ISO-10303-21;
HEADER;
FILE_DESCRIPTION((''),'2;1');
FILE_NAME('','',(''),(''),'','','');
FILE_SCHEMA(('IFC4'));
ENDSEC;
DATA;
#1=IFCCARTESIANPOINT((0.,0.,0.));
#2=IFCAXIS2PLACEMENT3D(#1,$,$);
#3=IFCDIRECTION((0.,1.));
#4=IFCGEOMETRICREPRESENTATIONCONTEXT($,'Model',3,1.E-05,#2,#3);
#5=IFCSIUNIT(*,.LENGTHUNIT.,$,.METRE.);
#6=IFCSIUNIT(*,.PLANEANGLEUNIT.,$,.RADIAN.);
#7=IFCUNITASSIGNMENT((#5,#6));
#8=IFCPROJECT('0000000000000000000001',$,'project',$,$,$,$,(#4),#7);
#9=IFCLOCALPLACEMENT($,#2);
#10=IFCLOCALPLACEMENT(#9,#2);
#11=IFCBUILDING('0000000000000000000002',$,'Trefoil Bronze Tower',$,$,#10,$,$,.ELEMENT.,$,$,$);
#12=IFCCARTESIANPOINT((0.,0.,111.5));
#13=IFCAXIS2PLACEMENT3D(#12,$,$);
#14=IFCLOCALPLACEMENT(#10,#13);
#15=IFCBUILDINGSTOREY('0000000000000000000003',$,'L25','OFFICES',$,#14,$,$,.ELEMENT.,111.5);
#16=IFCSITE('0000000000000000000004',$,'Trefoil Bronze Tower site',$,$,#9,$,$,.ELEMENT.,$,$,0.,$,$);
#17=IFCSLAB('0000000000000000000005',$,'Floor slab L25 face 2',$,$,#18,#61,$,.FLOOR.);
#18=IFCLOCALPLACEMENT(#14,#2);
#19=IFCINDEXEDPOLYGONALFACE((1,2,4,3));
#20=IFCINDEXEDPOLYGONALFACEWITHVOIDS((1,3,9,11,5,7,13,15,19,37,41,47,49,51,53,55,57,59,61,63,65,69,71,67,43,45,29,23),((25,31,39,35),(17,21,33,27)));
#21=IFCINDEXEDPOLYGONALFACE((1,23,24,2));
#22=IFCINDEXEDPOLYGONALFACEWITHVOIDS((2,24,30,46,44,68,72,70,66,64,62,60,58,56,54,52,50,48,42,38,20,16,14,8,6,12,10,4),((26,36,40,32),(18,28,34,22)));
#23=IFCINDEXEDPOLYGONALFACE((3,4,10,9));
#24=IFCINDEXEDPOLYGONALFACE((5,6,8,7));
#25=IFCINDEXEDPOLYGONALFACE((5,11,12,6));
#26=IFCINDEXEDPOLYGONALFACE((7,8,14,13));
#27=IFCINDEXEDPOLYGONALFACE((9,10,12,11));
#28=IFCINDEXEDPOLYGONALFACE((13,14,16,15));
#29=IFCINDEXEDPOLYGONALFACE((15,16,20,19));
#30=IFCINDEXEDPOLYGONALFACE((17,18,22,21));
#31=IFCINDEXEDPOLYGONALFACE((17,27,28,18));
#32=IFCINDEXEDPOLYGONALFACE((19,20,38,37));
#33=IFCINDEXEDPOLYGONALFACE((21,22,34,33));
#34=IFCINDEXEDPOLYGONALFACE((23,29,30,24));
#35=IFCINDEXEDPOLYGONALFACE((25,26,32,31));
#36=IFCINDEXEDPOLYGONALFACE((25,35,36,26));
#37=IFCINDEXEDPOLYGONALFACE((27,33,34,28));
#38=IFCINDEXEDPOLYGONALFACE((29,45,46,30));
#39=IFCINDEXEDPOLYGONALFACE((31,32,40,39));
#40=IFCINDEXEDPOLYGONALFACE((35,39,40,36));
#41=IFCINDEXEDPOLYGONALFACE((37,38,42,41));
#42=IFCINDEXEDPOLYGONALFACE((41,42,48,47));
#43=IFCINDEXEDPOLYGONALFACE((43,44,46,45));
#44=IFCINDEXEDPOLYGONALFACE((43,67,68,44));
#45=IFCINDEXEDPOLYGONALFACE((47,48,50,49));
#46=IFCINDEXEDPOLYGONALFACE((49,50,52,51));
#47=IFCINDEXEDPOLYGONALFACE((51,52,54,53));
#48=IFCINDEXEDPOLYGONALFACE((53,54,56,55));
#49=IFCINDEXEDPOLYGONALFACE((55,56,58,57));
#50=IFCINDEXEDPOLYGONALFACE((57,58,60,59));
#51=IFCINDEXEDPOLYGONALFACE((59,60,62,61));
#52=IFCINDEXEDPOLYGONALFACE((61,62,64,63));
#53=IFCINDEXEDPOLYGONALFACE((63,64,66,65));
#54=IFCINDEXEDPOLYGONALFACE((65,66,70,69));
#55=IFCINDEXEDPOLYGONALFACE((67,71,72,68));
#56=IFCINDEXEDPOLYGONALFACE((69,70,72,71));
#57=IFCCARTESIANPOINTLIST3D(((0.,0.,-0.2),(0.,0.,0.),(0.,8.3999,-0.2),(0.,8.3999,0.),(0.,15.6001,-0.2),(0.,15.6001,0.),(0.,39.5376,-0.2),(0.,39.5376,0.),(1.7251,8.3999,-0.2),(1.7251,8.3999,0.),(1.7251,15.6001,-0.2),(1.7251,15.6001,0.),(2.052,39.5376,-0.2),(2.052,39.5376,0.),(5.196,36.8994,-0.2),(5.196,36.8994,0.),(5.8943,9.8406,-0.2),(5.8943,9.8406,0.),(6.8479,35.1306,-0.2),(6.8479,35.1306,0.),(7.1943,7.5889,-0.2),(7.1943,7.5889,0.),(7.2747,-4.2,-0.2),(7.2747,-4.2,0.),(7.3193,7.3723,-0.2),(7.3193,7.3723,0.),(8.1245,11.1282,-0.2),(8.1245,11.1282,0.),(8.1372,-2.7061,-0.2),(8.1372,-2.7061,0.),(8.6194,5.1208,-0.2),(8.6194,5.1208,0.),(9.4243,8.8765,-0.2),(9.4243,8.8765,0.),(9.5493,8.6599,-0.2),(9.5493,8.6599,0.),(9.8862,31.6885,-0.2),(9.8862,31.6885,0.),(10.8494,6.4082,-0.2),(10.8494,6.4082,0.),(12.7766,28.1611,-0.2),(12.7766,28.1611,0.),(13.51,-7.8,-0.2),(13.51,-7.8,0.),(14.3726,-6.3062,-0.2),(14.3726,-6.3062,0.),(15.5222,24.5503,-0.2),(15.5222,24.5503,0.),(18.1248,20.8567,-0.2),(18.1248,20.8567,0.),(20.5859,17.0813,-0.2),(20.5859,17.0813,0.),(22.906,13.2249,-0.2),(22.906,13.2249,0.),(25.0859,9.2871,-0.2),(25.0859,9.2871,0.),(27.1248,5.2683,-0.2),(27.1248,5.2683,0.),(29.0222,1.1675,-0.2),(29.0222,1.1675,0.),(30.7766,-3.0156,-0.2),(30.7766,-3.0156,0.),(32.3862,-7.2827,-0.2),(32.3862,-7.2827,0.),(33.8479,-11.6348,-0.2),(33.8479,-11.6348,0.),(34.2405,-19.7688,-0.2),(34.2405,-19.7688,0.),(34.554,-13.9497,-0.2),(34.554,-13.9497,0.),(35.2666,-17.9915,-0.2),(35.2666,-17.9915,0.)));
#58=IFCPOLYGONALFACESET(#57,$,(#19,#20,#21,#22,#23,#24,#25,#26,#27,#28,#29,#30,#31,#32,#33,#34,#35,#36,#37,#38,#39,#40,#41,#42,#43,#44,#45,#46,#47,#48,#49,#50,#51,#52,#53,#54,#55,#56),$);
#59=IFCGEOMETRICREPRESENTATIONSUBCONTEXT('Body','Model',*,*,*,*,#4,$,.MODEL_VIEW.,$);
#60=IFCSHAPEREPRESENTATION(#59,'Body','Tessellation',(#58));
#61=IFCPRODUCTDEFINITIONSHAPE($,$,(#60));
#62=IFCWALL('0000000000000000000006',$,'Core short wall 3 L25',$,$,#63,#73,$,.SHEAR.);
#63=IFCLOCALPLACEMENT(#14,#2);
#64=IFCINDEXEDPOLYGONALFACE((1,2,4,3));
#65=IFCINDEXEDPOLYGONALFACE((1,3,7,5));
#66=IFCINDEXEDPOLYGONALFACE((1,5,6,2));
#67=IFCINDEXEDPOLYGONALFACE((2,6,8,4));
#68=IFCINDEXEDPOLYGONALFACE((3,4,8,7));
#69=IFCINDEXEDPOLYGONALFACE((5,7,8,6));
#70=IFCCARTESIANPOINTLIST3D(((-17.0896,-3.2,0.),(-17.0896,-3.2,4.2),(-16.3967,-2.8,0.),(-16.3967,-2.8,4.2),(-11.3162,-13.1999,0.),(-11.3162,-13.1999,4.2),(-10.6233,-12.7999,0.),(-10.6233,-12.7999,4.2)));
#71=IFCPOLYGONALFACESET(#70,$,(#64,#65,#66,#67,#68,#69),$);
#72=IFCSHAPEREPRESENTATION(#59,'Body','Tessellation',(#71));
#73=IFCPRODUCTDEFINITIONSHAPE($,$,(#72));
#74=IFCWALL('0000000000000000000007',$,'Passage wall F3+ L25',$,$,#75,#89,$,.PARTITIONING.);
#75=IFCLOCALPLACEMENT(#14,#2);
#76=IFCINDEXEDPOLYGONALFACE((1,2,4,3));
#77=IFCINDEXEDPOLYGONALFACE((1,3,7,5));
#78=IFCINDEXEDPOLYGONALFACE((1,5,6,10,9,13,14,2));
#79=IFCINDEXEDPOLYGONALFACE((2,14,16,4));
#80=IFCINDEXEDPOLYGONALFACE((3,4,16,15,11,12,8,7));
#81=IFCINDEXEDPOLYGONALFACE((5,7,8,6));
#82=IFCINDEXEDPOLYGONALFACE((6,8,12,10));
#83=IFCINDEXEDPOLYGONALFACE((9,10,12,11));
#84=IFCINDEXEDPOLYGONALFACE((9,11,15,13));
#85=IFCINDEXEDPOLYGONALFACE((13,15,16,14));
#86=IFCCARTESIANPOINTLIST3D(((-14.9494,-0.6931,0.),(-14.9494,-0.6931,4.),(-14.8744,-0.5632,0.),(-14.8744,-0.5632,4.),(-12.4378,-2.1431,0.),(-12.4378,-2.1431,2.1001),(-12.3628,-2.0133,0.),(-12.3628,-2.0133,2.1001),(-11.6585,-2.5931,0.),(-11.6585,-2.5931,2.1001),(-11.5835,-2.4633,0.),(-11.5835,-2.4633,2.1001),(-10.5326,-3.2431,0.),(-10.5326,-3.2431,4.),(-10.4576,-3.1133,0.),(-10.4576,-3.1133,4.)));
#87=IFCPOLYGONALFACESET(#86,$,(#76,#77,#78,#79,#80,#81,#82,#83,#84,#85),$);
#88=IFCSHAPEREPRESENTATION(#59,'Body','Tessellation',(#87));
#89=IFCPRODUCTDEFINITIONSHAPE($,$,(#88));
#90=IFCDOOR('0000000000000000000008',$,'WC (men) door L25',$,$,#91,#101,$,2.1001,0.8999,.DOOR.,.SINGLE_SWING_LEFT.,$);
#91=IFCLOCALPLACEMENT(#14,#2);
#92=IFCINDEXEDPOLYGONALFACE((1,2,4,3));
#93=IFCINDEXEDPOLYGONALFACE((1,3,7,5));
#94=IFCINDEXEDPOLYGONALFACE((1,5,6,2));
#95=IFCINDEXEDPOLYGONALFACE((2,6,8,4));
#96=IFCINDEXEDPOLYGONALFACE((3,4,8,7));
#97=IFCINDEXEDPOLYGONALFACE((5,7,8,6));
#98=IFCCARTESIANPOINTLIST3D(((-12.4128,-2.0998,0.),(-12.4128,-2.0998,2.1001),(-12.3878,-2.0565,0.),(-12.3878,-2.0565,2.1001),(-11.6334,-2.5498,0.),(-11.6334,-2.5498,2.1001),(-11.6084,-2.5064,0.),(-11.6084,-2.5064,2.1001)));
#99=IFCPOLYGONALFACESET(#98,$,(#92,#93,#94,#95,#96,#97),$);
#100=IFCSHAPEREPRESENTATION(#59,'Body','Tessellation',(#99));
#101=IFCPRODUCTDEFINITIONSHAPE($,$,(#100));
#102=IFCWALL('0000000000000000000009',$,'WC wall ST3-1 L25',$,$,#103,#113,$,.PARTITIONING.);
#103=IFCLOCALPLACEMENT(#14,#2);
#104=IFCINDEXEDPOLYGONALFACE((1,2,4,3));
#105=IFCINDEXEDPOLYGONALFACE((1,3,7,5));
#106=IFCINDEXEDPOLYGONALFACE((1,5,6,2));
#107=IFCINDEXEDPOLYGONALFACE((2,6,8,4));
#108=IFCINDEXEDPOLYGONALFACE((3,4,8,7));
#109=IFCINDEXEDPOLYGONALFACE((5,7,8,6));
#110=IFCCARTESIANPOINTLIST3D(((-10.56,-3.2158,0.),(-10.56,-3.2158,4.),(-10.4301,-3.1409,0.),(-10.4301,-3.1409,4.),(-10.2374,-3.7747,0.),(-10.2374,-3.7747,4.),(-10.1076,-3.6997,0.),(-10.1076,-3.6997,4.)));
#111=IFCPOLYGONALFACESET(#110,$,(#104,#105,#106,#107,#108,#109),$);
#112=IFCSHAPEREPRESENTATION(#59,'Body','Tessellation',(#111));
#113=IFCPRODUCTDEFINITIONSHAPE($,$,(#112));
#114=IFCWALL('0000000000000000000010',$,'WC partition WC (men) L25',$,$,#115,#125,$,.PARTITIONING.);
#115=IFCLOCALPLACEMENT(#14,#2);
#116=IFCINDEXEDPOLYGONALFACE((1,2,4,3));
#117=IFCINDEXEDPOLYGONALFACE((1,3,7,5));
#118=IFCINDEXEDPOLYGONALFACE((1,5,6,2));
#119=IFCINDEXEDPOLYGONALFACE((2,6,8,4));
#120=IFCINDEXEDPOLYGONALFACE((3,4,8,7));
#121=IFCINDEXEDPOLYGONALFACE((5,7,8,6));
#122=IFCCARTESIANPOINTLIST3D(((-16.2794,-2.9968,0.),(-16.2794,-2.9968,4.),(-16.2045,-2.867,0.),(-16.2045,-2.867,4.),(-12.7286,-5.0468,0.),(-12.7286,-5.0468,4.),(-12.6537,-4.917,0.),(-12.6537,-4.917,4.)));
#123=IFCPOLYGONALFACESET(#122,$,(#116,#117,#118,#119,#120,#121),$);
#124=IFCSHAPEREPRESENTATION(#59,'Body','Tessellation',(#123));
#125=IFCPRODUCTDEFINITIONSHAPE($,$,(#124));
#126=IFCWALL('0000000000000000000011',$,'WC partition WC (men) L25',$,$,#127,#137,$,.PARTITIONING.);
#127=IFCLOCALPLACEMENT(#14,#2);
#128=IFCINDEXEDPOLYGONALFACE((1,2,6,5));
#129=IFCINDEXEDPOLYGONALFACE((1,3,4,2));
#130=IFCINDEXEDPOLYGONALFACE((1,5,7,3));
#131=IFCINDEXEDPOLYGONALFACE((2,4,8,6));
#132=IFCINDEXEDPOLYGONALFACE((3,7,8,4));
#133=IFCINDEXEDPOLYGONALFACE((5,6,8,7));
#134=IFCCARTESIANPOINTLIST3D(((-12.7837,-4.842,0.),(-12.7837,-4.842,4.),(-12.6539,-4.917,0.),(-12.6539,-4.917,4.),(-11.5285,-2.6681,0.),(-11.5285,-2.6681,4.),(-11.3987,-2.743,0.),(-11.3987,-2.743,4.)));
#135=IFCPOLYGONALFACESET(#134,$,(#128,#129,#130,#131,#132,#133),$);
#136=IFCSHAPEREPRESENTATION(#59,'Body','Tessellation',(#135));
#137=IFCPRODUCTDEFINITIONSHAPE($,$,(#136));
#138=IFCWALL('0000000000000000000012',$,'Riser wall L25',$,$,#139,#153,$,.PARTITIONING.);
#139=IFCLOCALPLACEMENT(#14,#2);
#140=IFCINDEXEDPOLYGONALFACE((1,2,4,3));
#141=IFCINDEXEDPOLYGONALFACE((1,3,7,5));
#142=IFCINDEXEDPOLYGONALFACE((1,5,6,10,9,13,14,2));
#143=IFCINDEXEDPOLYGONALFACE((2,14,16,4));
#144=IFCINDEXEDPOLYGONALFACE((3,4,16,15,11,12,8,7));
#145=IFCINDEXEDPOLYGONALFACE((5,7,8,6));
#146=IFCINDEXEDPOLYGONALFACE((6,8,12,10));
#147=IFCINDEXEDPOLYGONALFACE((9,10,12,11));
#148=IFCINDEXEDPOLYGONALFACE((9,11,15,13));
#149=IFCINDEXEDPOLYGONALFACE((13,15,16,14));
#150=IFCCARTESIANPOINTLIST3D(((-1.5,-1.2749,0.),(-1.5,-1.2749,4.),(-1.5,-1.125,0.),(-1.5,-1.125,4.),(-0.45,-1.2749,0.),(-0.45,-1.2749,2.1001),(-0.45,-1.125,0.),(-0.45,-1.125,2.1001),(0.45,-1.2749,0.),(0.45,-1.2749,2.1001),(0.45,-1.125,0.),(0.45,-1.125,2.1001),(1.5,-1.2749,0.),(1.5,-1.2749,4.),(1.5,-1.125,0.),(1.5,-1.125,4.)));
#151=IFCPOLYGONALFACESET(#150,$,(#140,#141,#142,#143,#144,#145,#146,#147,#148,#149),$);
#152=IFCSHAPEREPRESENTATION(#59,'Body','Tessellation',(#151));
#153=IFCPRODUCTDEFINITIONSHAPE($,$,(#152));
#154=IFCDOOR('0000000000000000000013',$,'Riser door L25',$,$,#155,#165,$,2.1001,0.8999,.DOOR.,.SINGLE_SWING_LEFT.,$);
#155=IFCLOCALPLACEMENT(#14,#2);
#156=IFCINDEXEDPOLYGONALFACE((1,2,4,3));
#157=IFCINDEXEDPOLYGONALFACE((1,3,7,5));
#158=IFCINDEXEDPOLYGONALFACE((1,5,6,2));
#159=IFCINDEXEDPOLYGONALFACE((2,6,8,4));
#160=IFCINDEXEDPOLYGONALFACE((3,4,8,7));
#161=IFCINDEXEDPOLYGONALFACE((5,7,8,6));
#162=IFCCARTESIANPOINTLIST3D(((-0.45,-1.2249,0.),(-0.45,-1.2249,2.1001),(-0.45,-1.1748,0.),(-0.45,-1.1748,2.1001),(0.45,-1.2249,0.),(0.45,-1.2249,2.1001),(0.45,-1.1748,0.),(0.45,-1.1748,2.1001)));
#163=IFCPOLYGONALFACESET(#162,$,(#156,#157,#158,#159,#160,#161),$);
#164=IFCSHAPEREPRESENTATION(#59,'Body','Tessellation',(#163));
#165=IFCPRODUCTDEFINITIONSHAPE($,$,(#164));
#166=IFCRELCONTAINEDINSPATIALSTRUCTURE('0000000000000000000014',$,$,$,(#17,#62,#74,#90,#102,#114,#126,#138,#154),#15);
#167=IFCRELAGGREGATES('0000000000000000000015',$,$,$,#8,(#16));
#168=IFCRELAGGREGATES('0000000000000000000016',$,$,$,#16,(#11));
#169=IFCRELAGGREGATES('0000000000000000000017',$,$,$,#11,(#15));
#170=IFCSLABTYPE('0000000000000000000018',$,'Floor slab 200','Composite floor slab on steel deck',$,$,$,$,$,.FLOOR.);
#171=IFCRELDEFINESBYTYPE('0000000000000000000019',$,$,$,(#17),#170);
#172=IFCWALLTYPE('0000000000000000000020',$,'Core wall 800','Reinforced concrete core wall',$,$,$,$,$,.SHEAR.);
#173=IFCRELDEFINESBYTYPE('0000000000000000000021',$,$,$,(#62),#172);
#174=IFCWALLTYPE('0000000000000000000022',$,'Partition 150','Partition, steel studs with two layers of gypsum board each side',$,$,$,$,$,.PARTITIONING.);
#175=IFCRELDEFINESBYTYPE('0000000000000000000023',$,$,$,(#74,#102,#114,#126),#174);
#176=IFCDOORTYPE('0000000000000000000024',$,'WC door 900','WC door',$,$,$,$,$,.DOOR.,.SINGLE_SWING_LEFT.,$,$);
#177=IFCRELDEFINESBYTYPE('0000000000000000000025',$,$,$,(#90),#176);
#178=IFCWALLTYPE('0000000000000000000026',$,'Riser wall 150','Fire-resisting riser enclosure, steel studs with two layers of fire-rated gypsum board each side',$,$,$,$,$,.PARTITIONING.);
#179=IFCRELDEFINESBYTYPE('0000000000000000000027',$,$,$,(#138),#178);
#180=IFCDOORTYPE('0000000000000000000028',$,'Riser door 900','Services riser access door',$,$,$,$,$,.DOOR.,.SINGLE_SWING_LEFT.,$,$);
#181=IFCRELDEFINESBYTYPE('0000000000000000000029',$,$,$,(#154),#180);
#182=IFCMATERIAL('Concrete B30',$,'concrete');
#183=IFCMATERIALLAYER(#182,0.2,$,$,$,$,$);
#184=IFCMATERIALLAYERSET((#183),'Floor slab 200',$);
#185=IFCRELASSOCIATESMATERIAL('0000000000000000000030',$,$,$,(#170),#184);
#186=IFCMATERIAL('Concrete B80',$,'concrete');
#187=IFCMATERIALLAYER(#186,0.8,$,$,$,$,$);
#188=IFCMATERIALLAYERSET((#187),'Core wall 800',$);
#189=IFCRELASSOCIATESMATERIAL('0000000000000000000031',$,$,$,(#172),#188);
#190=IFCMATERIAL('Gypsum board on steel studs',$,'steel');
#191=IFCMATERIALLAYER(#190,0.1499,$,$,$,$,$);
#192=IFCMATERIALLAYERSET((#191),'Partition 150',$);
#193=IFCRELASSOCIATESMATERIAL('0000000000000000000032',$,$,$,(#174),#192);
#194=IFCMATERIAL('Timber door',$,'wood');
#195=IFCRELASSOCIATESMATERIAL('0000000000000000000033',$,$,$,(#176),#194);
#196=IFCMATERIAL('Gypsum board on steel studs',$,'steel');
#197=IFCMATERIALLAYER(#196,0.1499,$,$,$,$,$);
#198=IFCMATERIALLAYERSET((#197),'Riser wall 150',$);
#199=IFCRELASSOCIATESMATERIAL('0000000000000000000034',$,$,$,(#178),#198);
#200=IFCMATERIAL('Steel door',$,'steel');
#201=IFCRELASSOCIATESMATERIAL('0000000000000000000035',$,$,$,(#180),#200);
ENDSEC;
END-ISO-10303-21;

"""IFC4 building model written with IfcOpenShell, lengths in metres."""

from ifc_helpers import new_model, si_unit, direction, frame, frame_2d, origin, place, context, subcontext, project, spatial, polyline, rectangle, outline, extrude, material, layer, layer_set, type_object, element, fill, save


model = new_model("IFC4")

# Units and contexts
model_context = context("Model", 3, precision=1e-05, world=origin(), true_north=direction((0.0, 1.0)))
body_context = subcontext(model_context, "Body", "Model", "MODEL_VIEW")
ifc_project = project(units=[si_unit("LENGTHUNIT", "METRE"), si_unit("PLANEANGLEUNIT", "RADIAN")], contexts=[model_context])

# Site, building, storey
site_placement = place(None, origin())
site = spatial("IfcSite", under=ifc_project, at=site_placement, Name="Trefoil Bronze Tower site", CompositionType="ELEMENT", RefElevation=0.0)
building_placement = place(site_placement, origin())
building = spatial("IfcBuilding", under=site, at=building_placement, Name="Trefoil Bronze Tower", CompositionType="ELEMENT")
storey_placement = place(building_placement, frame((0.0, 0.0, 111.5)))
storey = spatial("IfcBuildingStorey", under=building, at=storey_placement, Name="L25", Description="OFFICES", CompositionType="ELEMENT", Elevation=111.5)

# Slab
ifc_material_1 = material(Name="Concrete B30", Category="concrete")
ifc_layer_1 = layer(ifc_material_1, 0.2)
ifc_layer_set_1 = layer_set([ifc_layer_1], Name="Floor slab 200")
slab_type = type_object("IfcSlabType", Name="Floor slab 200", Description="Composite floor slab on steel deck", PredefinedType="FLOOR", material=ifc_layer_set_1)
slab_1_placement = place(storey_placement, frame((0.0, 0.0, -0.2)))
element("IfcSlab", 1, at=slab_1_placement, inside=storey, type_object=slab_type, Name="Floor slab L25 face 2", PredefinedType="FLOOR", context=body_context, shape_type="SweptSolid", body=[
    extrude(outline(polyline([(9.8862, 31.6885), (12.7766, 28.1611), (15.5222, 24.5503), (18.1248, 20.8567), (20.5859, 17.0813), (22.906, 13.2249), (25.0859, 9.2871), (27.1248, 5.2683), (29.0222, 1.1675), (30.7766, -3.0156), (32.3862, -7.2827), (33.8479, -11.6348), (34.554, -13.9497), (35.2666, -17.9915), (34.2405, -19.7688), (13.51, -7.8), (14.3726, -6.3062), (8.1372, -2.7061), (7.2747, -4.2), (0.0, 0.0), (0.0, 8.3999), (1.7251, 8.3999), (1.7251, 15.6001), (0.0, 15.6001), (0.0, 39.5376), (2.052, 39.5376), (5.196, 36.8994), (6.8479, 35.1306), (9.8862, 31.6885)]), holes=[polyline([(8.6194, 5.1208), (7.3193, 7.3723), (9.5493, 8.6599), (10.8494, 6.4082), (8.6194, 5.1208)]), polyline([(7.1943, 7.5889), (5.8943, 9.8406), (8.1245, 11.1282), (9.4243, 8.8765), (7.1943, 7.5889)])]), origin(), (0.0, 0.0, 1.0), 0.2),
])

# Wall
ifc_material_2 = material(Name="Concrete B80", Category="concrete")
ifc_layer_2 = layer(ifc_material_2, 0.8)
ifc_layer_set_2 = layer_set([ifc_layer_2], Name="Core wall 800")
wall_type_1 = type_object("IfcWallType", Name="Core wall 800", Description="Reinforced concrete core wall", PredefinedType="SHEAR", material=ifc_layer_set_2)
wall_1_placement = place(storey_placement, frame((-16.7432, -3.0, 0.0), z_axis=(0.0, 0.0, 1.0), x_axis=(0.499996, -0.866028, 0.0)))
element("IfcWall", 2, at=wall_1_placement, inside=storey, type_object=wall_type_1, Name="Core short wall 3 L25", PredefinedType="SHEAR", context=body_context, shape_type="SweptSolid", body=[
    extrude(rectangle(XDim=11.5469, YDim=0.8, at=frame_2d((5.7734, 0.0))), origin(), (0.0, 0.0, 1.0), 4.2),
])

# Wall, opening, door
ifc_material_3 = material(Name="Gypsum board on steel studs", Category="steel")
ifc_layer_3 = layer(ifc_material_3, 0.1499)
ifc_layer_set_3 = layer_set([ifc_layer_3], Name="Partition 150")
wall_type_2 = type_object("IfcWallType", Name="Partition 150", Description="Partition, steel studs with two layers of gypsum board each side", PredefinedType="PARTITIONING", material=ifc_layer_set_3)
wall_2_placement = place(storey_placement, frame((-10.4951, -3.1782, 0.0), z_axis=(0.0, 0.0, 1.0), x_axis=(-0.866022, 0.500006, 0.0)))
wall_2 = element("IfcWall", 3, at=wall_2_placement, inside=storey, type_object=wall_type_2, Name="Passage wall F3+ L25", PredefinedType="PARTITIONING", context=body_context, shape_type="SweptSolid", body=[
    extrude(rectangle(XDim=5.1001, YDim=0.1499, at=frame_2d((2.55, 0.0))), origin(), (0.0, 0.0, 1.0), 4.0),
])
opening_1_placement = place(wall_2_placement, frame((1.3, 0.0, 0.0)))
opening_1 = element("IfcOpeningElement", 4, at=opening_1_placement, cuts=wall_2, PredefinedType="OPENING", context=body_context, shape_type="SweptSolid", body=[
    extrude(rectangle(XDim=0.8999, YDim=2.1001, at=frame_2d((0.45, 1.05))), frame((0.0, 0.085, 0.0), z_axis=(0.0, -1.0, 0.0), x_axis=(1.0, 0.0, 0.0)), (0.0, 0.0, 1.0), 0.1699),
])
ifc_material_4 = material(Name="Timber door", Category="wood")
door_type_1 = type_object("IfcDoorType", Name="WC door 900", Description="WC door", OperationType="SINGLE_SWING_LEFT", PredefinedType="DOOR", material=ifc_material_4)
door_1_placement = place(opening_1_placement, origin())
door_1 = element("IfcDoor", 5, at=door_1_placement, inside=storey, type_object=door_type_1, Name="WC (men) door L25", OperationType="SINGLE_SWING_LEFT", OverallHeight=2.1001, OverallWidth=0.8999, PredefinedType="DOOR", context=body_context, shape_type="SweptSolid", body=[
    extrude(rectangle(XDim=0.8999, YDim=2.1001, at=frame_2d((0.45, 1.05))), frame((0.0, 0.0249, 0.0), z_axis=(0.0, -1.0, 0.0), x_axis=(1.0, 0.0, 0.0)), (0.0, 0.0, 1.0), 0.05),
])
fill(opening_1, door_1)

# Walls
wall_3_placement = place(storey_placement, frame((-10.4951, -3.1782, 0.0), z_axis=(0.0, 0.0, 1.0), x_axis=(0.499843, -0.866116, 0.0)))
element("IfcWall", 6, at=wall_3_placement, inside=storey, type_object=wall_type_2, Name="WC wall ST3-1 L25", PredefinedType="PARTITIONING", context=body_context, shape_type="SweptSolid", body=[
    extrude(rectangle(XDim=0.6453, YDim=0.1499, at=frame_2d((0.3228, 0.0))), origin(), (0.0, 0.0, 1.0), 4.0),
])
wall_4_placement = place(storey_placement, frame((-12.6912, -4.9819, 0.0), z_axis=(0.0, 0.0, 1.0), x_axis=(-0.866025, 0.500001, 0.0)))
element("IfcWall", 7, at=wall_4_placement, inside=storey, type_object=wall_type_2, Name="WC partition WC (men) L25", PredefinedType="PARTITIONING", context=body_context, shape_type="SweptSolid", body=[
    extrude(rectangle(XDim=4.1001, YDim=0.1499, at=frame_2d((2.05, 0.0))), origin(), (0.0, 0.0, 1.0), 4.0),
])
wall_5_placement = place(storey_placement, frame((-11.4636, -2.7056, 0.0), z_axis=(0.0, 0.0, 1.0), x_axis=(-0.50002, -0.866014, 0.0)))
element("IfcWall", 8, at=wall_5_placement, inside=storey, type_object=wall_type_2, Name="WC partition WC (men) L25", PredefinedType="PARTITIONING", context=body_context, shape_type="SweptSolid", body=[
    extrude(rectangle(XDim=2.5103, YDim=0.1499, at=frame_2d((1.2551, 0.0))), origin(), (0.0, 0.0, 1.0), 4.0),
])

# Wall, opening, door
ifc_material_5 = material(Name="Gypsum board on steel studs", Category="steel")
ifc_layer_4 = layer(ifc_material_5, 0.1499)
ifc_layer_set_4 = layer_set([ifc_layer_4], Name="Riser wall 150")
wall_type_3 = type_object("IfcWallType", Name="Riser wall 150", Description="Fire-resisting riser enclosure, steel studs with two layers of fire-rated gypsum board each side", PredefinedType="PARTITIONING", material=ifc_layer_set_4)
wall_6_placement = place(storey_placement, frame((-1.5, -1.2, 0.0), z_axis=(0.0, 0.0, 1.0), x_axis=(1.0, 0.0, 0.0)))
wall_6 = element("IfcWall", 9, at=wall_6_placement, inside=storey, type_object=wall_type_3, Name="Riser wall L25", PredefinedType="PARTITIONING", context=body_context, shape_type="SweptSolid", body=[
    extrude(rectangle(XDim=3.0, YDim=0.1499, at=frame_2d((1.5, 0.0))), origin(), (0.0, 0.0, 1.0), 4.0),
])
opening_2_placement = place(wall_6_placement, frame((1.05, 0.0, 0.0)))
opening_2 = element("IfcOpeningElement", 10, at=opening_2_placement, cuts=wall_6, PredefinedType="OPENING", context=body_context, shape_type="SweptSolid", body=[
    extrude(rectangle(XDim=0.8999, YDim=2.1001, at=frame_2d((0.45, 1.05))), frame((0.0, 0.085, 0.0), z_axis=(0.0, -1.0, 0.0), x_axis=(1.0, 0.0, 0.0)), (0.0, 0.0, 1.0), 0.1699),
])
ifc_material_6 = material(Name="Steel door", Category="steel")
door_type_2 = type_object("IfcDoorType", Name="Riser door 900", Description="Services riser access door", OperationType="SINGLE_SWING_LEFT", PredefinedType="DOOR", material=ifc_material_6)
door_2_placement = place(opening_2_placement, frame((0.8999, 0.0, 0.0), z_axis=(0.0, 0.0, 1.0), x_axis=(-1.0, 0.0, 0.0)))
door_2 = element("IfcDoor", 11, at=door_2_placement, inside=storey, type_object=door_type_2, Name="Riser door L25", OperationType="SINGLE_SWING_LEFT", OverallHeight=2.1001, OverallWidth=0.8999, PredefinedType="DOOR", context=body_context, shape_type="SweptSolid", body=[
    extrude(rectangle(XDim=0.8999, YDim=2.1001, at=frame_2d((0.45, 1.05))), frame((0.0, 0.0249, 0.0), z_axis=(0.0, -1.0, 0.0), x_axis=(1.0, 0.0, 0.0)), (0.0, 0.0, 1.0), 0.05),
])
fill(opening_2, door_2)

save(model, "model.ifc")
